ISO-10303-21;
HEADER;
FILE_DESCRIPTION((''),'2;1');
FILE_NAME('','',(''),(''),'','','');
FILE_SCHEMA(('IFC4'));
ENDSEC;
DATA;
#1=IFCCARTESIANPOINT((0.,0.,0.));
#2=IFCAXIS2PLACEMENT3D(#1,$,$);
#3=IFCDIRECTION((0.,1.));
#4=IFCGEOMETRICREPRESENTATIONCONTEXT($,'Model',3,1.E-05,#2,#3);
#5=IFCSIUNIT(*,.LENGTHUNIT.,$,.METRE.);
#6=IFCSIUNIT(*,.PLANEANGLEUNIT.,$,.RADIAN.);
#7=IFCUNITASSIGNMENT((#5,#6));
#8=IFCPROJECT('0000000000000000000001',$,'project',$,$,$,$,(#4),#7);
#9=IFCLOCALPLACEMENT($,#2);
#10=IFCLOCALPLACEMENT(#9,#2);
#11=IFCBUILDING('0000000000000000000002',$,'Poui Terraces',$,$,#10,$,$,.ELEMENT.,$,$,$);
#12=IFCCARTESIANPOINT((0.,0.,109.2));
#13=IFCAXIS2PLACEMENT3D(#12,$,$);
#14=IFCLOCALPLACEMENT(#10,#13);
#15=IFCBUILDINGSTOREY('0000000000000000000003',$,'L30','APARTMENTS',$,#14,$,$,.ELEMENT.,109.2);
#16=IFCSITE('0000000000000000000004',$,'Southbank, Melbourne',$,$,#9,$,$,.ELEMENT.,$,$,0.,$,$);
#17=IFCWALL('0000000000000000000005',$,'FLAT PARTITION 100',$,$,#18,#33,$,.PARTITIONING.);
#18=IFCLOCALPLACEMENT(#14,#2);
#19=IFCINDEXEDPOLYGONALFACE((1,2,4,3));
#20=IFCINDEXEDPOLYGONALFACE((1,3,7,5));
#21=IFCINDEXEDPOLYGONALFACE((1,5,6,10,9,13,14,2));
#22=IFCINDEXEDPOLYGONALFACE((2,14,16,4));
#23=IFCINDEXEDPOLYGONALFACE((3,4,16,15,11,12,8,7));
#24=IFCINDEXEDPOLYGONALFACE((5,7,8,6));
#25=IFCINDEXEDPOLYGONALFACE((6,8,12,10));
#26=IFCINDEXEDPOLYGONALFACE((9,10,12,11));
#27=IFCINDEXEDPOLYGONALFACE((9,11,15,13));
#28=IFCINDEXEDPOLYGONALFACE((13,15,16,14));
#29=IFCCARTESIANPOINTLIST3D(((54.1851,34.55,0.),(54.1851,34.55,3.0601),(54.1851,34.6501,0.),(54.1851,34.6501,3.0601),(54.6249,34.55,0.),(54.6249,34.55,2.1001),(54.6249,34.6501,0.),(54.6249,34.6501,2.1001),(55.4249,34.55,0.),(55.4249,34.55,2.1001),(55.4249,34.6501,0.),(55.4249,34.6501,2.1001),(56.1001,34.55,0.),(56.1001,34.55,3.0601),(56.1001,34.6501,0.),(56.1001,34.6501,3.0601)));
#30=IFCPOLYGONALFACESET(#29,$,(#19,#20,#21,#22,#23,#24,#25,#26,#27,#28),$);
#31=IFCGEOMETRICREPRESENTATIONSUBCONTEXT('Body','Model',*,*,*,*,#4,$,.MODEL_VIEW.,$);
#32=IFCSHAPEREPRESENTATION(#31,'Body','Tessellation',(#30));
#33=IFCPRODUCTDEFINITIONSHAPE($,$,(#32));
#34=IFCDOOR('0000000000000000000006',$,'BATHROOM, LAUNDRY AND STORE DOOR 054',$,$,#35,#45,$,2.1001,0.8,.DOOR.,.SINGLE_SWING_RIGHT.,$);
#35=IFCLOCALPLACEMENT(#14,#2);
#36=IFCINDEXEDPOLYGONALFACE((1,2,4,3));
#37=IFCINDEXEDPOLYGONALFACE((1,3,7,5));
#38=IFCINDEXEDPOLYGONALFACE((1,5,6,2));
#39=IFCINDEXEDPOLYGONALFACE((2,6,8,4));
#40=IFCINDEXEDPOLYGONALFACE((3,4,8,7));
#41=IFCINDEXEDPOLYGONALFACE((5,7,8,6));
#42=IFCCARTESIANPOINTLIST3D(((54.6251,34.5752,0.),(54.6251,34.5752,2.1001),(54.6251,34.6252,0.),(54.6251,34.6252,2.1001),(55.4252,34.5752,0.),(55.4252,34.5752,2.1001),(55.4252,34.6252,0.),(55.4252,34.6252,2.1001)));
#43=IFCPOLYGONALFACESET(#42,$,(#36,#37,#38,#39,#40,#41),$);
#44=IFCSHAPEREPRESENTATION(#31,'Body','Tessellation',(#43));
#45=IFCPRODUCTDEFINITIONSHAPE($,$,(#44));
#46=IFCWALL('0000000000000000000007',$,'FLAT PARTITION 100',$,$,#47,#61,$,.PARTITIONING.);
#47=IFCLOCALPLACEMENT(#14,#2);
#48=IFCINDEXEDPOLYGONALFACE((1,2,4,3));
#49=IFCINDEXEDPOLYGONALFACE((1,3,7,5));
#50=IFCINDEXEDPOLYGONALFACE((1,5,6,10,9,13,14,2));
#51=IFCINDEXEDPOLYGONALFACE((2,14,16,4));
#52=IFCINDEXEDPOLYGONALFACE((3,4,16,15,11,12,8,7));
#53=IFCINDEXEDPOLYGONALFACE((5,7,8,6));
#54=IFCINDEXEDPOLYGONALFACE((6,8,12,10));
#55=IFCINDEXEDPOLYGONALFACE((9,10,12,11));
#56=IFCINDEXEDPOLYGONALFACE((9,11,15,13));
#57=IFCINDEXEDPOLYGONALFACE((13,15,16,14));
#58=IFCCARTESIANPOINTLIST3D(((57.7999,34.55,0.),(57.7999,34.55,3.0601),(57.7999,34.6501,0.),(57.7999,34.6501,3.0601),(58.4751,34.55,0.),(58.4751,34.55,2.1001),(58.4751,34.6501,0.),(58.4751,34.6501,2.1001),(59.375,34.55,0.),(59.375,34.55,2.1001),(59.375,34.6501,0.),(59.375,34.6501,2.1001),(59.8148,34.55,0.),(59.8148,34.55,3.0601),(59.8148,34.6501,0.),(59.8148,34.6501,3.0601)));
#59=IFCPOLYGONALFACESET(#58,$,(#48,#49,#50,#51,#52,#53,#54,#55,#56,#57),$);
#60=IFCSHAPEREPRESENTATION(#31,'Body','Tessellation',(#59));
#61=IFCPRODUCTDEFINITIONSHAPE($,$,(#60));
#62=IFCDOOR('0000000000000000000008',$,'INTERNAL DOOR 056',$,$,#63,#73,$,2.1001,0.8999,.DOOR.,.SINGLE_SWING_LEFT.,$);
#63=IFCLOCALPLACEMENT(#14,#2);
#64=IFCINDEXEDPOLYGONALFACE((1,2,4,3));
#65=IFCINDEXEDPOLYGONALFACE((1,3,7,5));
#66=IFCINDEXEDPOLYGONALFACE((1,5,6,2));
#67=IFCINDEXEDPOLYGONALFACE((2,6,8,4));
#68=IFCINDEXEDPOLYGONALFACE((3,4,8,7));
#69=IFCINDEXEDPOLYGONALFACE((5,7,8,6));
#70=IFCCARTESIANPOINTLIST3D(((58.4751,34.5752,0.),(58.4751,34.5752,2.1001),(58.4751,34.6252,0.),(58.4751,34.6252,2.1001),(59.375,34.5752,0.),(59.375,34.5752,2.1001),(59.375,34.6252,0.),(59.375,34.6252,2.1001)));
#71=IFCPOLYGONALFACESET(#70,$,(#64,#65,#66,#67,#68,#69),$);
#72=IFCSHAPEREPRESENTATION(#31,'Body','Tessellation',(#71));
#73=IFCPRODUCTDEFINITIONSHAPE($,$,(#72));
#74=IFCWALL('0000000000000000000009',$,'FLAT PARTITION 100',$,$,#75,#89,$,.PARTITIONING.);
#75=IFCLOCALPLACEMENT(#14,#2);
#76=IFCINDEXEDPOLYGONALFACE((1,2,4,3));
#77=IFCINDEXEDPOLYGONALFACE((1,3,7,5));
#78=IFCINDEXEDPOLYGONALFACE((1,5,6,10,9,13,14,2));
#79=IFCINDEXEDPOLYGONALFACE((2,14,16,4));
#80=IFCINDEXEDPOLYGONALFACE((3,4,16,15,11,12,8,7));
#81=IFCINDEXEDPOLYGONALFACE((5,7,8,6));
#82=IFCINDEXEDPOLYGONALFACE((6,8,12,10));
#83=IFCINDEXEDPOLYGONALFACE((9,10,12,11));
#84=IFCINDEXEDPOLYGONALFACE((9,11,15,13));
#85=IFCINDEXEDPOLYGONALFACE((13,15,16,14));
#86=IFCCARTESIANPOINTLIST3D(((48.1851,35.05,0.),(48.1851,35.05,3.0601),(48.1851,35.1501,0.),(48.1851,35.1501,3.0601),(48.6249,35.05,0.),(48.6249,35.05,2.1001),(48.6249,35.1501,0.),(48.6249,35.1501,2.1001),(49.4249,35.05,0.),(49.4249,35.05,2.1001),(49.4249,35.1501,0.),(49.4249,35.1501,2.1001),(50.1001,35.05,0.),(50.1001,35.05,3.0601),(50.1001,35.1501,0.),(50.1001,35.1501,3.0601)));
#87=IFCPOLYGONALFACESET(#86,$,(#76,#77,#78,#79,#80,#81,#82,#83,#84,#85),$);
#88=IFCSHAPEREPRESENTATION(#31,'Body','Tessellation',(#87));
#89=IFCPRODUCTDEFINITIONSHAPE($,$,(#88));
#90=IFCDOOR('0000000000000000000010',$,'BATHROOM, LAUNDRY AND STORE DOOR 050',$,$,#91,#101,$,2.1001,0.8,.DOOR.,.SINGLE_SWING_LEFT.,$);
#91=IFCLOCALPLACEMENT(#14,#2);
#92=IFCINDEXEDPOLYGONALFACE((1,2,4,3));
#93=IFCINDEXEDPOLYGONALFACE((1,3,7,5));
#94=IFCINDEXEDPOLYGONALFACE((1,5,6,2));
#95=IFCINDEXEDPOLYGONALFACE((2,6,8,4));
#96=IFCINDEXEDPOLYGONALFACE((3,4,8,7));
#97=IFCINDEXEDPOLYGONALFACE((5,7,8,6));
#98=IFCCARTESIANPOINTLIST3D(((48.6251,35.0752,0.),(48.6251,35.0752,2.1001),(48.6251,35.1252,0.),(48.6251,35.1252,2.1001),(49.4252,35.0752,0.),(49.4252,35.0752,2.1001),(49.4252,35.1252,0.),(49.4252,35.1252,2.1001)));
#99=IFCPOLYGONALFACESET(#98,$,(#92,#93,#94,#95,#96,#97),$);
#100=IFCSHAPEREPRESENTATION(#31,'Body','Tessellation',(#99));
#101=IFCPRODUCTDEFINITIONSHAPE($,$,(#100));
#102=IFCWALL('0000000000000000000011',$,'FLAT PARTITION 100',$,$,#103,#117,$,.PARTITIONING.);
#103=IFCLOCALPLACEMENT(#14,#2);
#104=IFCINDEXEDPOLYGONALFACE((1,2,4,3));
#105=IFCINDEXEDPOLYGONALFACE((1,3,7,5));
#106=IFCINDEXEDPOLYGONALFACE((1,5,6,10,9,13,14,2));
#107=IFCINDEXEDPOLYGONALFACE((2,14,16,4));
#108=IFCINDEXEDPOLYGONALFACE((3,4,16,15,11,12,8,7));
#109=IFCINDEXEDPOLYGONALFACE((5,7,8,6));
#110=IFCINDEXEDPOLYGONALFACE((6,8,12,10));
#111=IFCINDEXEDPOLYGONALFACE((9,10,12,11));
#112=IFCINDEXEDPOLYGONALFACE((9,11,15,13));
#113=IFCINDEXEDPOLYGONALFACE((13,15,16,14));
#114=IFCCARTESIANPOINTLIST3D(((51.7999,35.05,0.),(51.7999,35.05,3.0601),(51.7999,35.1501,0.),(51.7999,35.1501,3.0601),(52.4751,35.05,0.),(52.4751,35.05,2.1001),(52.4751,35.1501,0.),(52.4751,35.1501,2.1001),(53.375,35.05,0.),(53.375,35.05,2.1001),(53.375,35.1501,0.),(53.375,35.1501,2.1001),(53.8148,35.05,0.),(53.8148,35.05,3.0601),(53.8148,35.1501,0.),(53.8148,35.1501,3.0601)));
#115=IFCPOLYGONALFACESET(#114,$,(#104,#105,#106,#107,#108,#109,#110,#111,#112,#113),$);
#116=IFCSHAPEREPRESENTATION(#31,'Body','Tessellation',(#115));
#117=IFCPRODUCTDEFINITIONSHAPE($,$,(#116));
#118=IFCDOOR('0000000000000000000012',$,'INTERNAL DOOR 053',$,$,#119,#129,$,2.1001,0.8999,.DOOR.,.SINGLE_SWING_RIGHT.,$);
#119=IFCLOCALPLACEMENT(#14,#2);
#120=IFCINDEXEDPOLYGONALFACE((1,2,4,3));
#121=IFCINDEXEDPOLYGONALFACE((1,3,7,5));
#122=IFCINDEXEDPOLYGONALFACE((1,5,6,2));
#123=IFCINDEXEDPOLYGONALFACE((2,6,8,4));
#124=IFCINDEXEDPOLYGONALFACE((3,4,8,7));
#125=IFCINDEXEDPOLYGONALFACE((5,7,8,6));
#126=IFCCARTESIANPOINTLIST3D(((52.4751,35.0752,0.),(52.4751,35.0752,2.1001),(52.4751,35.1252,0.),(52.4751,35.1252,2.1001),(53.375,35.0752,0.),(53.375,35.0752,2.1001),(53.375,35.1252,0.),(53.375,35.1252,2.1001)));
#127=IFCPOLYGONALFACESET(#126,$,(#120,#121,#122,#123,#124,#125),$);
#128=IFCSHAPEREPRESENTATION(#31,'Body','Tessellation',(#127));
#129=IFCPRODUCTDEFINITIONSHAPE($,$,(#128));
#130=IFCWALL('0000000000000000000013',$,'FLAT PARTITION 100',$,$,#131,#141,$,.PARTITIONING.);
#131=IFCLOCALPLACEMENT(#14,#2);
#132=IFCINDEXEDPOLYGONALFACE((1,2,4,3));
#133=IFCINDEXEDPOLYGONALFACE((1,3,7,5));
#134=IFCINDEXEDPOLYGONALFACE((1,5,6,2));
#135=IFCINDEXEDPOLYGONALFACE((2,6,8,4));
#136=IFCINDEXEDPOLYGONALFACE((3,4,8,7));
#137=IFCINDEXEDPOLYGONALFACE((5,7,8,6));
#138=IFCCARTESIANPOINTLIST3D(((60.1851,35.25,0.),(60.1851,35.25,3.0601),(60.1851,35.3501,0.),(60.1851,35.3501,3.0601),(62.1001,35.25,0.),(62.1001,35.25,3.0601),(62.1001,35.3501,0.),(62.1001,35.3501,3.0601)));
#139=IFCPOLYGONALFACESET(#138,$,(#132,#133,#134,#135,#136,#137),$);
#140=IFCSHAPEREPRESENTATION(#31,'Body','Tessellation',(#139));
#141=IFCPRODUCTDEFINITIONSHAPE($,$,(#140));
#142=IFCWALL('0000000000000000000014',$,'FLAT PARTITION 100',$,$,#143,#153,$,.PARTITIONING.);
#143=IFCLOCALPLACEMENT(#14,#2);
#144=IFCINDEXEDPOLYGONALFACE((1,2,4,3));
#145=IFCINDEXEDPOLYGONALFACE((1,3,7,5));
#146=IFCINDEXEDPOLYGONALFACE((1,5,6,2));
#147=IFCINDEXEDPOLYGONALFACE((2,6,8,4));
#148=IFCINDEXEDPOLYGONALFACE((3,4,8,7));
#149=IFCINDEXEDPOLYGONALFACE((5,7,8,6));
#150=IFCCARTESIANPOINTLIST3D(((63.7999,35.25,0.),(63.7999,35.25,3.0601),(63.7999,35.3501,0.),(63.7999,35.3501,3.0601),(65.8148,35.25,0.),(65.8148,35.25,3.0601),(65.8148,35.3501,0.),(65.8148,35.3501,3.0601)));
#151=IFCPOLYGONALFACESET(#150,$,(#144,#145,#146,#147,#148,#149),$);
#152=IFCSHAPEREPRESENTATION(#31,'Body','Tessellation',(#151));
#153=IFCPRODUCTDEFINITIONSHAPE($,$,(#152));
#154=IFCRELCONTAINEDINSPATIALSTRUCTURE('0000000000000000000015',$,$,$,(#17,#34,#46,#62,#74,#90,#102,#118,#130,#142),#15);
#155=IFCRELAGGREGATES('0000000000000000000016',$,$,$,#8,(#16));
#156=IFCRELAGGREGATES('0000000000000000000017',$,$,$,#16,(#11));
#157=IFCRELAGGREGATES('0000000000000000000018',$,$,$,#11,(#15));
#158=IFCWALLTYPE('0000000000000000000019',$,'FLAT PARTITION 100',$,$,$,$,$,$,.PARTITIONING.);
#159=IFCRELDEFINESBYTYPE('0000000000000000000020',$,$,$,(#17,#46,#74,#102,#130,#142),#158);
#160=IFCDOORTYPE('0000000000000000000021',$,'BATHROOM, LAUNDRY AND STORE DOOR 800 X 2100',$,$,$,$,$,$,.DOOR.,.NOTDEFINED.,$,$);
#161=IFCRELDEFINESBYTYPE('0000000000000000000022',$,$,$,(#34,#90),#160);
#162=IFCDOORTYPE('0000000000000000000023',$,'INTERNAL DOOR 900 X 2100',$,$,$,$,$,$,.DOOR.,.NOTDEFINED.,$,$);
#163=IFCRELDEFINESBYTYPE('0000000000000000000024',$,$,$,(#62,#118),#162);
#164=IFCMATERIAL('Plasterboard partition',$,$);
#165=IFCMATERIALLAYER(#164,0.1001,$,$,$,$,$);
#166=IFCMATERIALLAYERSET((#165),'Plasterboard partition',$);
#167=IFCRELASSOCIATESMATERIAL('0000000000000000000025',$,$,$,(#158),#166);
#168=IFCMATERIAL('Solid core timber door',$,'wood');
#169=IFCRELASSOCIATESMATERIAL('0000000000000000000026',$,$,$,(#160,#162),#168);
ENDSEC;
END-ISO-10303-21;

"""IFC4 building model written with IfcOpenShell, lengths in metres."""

from ifc_helpers import new_model, si_unit, direction, frame, frame_2d, origin, place, context, subcontext, project, spatial, rectangle, extrude, material, layer, layer_set, type_object, element, fill, save


model = new_model("IFC4")

# Units and contexts
model_context = context("Model", 3, precision=1e-05, world=origin(), true_north=direction((0.0, 1.0)))
body_context = subcontext(model_context, "Body", "Model", "MODEL_VIEW")
ifc_project = project(units=[si_unit("LENGTHUNIT", "METRE"), si_unit("PLANEANGLEUNIT", "RADIAN")], contexts=[model_context])

# Site, building, storey
site_placement = place(None, origin())
site = spatial("IfcSite", under=ifc_project, at=site_placement, Name="Southbank, Melbourne", CompositionType="ELEMENT", RefElevation=0.0)
building_placement = place(site_placement, origin())
building = spatial("IfcBuilding", under=site, at=building_placement, Name="Poui Terraces", CompositionType="ELEMENT")
storey_placement = place(building_placement, frame((0.0, 0.0, 109.2)))
storey = spatial("IfcBuildingStorey", under=building, at=storey_placement, Name="L30", Description="APARTMENTS", CompositionType="ELEMENT", Elevation=109.2)

# Walls, openings, doors
ifc_material_1 = material(Name="Plasterboard partition")
ifc_layer_1 = layer(ifc_material_1, 0.1001)
ifc_layer_set_1 = layer_set([ifc_layer_1], Name="Plasterboard partition")
wall_type_1 = type_object("IfcWallType", Name="FLAT PARTITION 100", PredefinedType="PARTITIONING", material=ifc_layer_set_1)
wall_1_placement = place(storey_placement, frame((54.1851, 34.6001, 0.0), z_axis=(0.0, 0.0, 1.0), x_axis=(1.0, 0.0, 0.0)))
wall_1 = element("IfcWall", 1, at=wall_1_placement, inside=storey, type_object=wall_type_1, Name="FLAT PARTITION 100", PredefinedType="PARTITIONING", context=body_context, shape_type="SweptSolid", body=[
    extrude(rectangle(XDim=1.915, YDim=0.1001, at=frame_2d((0.9575, 0.0))), origin(), (0.0, 0.0, 1.0), 3.0601),
])
opening_1_placement = place(wall_1_placement, frame((0.4399, 0.0, 0.0)))
opening_1 = element("IfcOpeningElement", 2, at=opening_1_placement, cuts=wall_1, PredefinedType="OPENING", context=body_context, shape_type="SweptSolid", body=[
    extrude(rectangle(XDim=0.8, YDim=2.1001, at=frame_2d((0.3999, 1.05))), frame((0.0, 0.0601, 0.0), z_axis=(0.0, -1.0, 0.0), x_axis=(1.0, 0.0, 0.0)), (0.0, 0.0, 1.0), 0.1201),
])
ifc_material_2 = material(Name="Solid core timber door", Category="wood")
door_type_1 = type_object("IfcDoorType", Name="BATHROOM, LAUNDRY AND STORE DOOR 800 X 2100", OperationType="NOTDEFINED", PredefinedType="DOOR", material=ifc_material_2)
door_1_placement = place(opening_1_placement, frame((0.8, 0.0, 0.0), z_axis=(0.0, 0.0, 1.0), x_axis=(-1.0, 0.0, 0.0)))
door_1 = element("IfcDoor", 3, at=door_1_placement, inside=storey, type_object=door_type_1, Name="BATHROOM, LAUNDRY AND STORE DOOR 054", OperationType="SINGLE_SWING_RIGHT", OverallHeight=2.1001, OverallWidth=0.8, PredefinedType="DOOR", context=body_context, shape_type="SweptSolid", body=[
    extrude(rectangle(XDim=0.8, YDim=2.1001, at=frame_2d((0.3999, 1.05))), frame((0.0, 0.0249, 0.0), z_axis=(0.0, -1.0, 0.0), x_axis=(1.0, 0.0, 0.0)), (0.0, 0.0, 1.0), 0.05),
])
fill(opening_1, door_1)
wall_2_placement = place(storey_placement, frame((57.8, 34.6001, 0.0), z_axis=(0.0, 0.0, 1.0), x_axis=(1.0, 0.0, 0.0)))
wall_2 = element("IfcWall", 4, at=wall_2_placement, inside=storey, type_object=wall_type_1, Name="FLAT PARTITION 100", PredefinedType="PARTITIONING", context=body_context, shape_type="SweptSolid", body=[
    extrude(rectangle(XDim=2.0149, YDim=0.1001, at=frame_2d((1.0073, 0.0))), origin(), (0.0, 0.0, 1.0), 3.0601),
])
opening_2_placement = place(wall_2_placement, frame((0.675, 0.0, 0.0)))
opening_2 = element("IfcOpeningElement", 5, at=opening_2_placement, cuts=wall_2, PredefinedType="OPENING", context=body_context, shape_type="SweptSolid", body=[
    extrude(rectangle(XDim=0.8999, YDim=2.1001, at=frame_2d((0.45, 1.05))), frame((0.0, 0.0601, 0.0), z_axis=(0.0, -1.0, 0.0), x_axis=(1.0, 0.0, 0.0)), (0.0, 0.0, 1.0), 0.1201),
])
door_type_2 = type_object("IfcDoorType", Name="INTERNAL DOOR 900 X 2100", OperationType="NOTDEFINED", PredefinedType="DOOR", material=ifc_material_2)
door_2_placement = place(opening_2_placement, frame((0.8999, 0.0, 0.0), z_axis=(0.0, 0.0, 1.0), x_axis=(-1.0, 0.0, 0.0)))
door_2 = element("IfcDoor", 6, at=door_2_placement, inside=storey, type_object=door_type_2, Name="INTERNAL DOOR 056", OperationType="SINGLE_SWING_LEFT", OverallHeight=2.1001, OverallWidth=0.8999, PredefinedType="DOOR", context=body_context, shape_type="SweptSolid", body=[
    extrude(rectangle(XDim=0.8999, YDim=2.1001, at=frame_2d((0.45, 1.05))), frame((0.0, 0.0249, 0.0), z_axis=(0.0, -1.0, 0.0), x_axis=(1.0, 0.0, 0.0)), (0.0, 0.0, 1.0), 0.05),
])
fill(opening_2, door_2)
wall_3_placement = place(storey_placement, frame((48.1851, 35.1001, 0.0), z_axis=(0.0, 0.0, 1.0), x_axis=(1.0, 0.0, 0.0)))
wall_3 = element("IfcWall", 7, at=wall_3_placement, inside=storey, type_object=wall_type_1, Name="FLAT PARTITION 100", PredefinedType="PARTITIONING", context=body_context, shape_type="SweptSolid", body=[
    extrude(rectangle(XDim=1.915, YDim=0.1001, at=frame_2d((0.9575, 0.0))), origin(), (0.0, 0.0, 1.0), 3.0601),
])
opening_3_placement = place(wall_3_placement, frame((0.4399, 0.0, 0.0)))
opening_3 = element("IfcOpeningElement", 8, at=opening_3_placement, cuts=wall_3, PredefinedType="OPENING", context=body_context, shape_type="SweptSolid", body=[
    extrude(rectangle(XDim=0.8, YDim=2.1001, at=frame_2d((0.3999, 1.05))), frame((0.0, 0.0601, 0.0), z_axis=(0.0, -1.0, 0.0), x_axis=(1.0, 0.0, 0.0)), (0.0, 0.0, 1.0), 0.1201),
])
door_3_placement = place(opening_3_placement, frame((0.8, 0.0, 0.0), z_axis=(0.0, 0.0, 1.0), x_axis=(-1.0, 0.0, 0.0)))
door_3 = element("IfcDoor", 9, at=door_3_placement, inside=storey, type_object=door_type_1, Name="BATHROOM, LAUNDRY AND STORE DOOR 050", OperationType="SINGLE_SWING_LEFT", OverallHeight=2.1001, OverallWidth=0.8, PredefinedType="DOOR", context=body_context, shape_type="SweptSolid", body=[
    extrude(rectangle(XDim=0.8, YDim=2.1001, at=frame_2d((0.3999, 1.05))), frame((0.0, 0.0249, 0.0), z_axis=(0.0, -1.0, 0.0), x_axis=(1.0, 0.0, 0.0)), (0.0, 0.0, 1.0), 0.05),
])
fill(opening_3, door_3)
wall_4_placement = place(storey_placement, frame((51.8, 35.1001, 0.0), z_axis=(0.0, 0.0, 1.0), x_axis=(1.0, 0.0, 0.0)))
wall_4 = element("IfcWall", 10, at=wall_4_placement, inside=storey, type_object=wall_type_1, Name="FLAT PARTITION 100", PredefinedType="PARTITIONING", context=body_context, shape_type="SweptSolid", body=[
    extrude(rectangle(XDim=2.0149, YDim=0.1001, at=frame_2d((1.0073, 0.0))), origin(), (0.0, 0.0, 1.0), 3.0601),
])
opening_4_placement = place(wall_4_placement, frame((0.675, 0.0, 0.0)))
opening_4 = element("IfcOpeningElement", 11, at=opening_4_placement, cuts=wall_4, PredefinedType="OPENING", context=body_context, shape_type="SweptSolid", body=[
    extrude(rectangle(XDim=0.8999, YDim=2.1001, at=frame_2d((0.45, 1.05))), frame((0.0, 0.0601, 0.0), z_axis=(0.0, -1.0, 0.0), x_axis=(1.0, 0.0, 0.0)), (0.0, 0.0, 1.0), 0.1201),
])
door_4_placement = place(opening_4_placement, frame((0.8999, 0.0, 0.0), z_axis=(0.0, 0.0, 1.0), x_axis=(-1.0, 0.0, 0.0)))
door_4 = element("IfcDoor", 12, at=door_4_placement, inside=storey, type_object=door_type_2, Name="INTERNAL DOOR 053", OperationType="SINGLE_SWING_RIGHT", OverallHeight=2.1001, OverallWidth=0.8999, PredefinedType="DOOR", context=body_context, shape_type="SweptSolid", body=[
    extrude(rectangle(XDim=0.8999, YDim=2.1001, at=frame_2d((0.45, 1.05))), frame((0.0, 0.0249, 0.0), z_axis=(0.0, -1.0, 0.0), x_axis=(1.0, 0.0, 0.0)), (0.0, 0.0, 1.0), 0.05),
])
fill(opening_4, door_4)

# Walls
wall_5_placement = place(storey_placement, frame((60.1851, 35.3, 0.0), z_axis=(0.0, 0.0, 1.0), x_axis=(1.0, 0.0, 0.0)))
element("IfcWall", 13, at=wall_5_placement, inside=storey, type_object=wall_type_1, Name="FLAT PARTITION 100", PredefinedType="PARTITIONING", context=body_context, shape_type="SweptSolid", body=[
    extrude(rectangle(XDim=1.915, YDim=0.1001, at=frame_2d((0.9575, 0.0))), origin(), (0.0, 0.0, 1.0), 3.0601),
])
wall_6_placement = place(storey_placement, frame((63.8, 35.3, 0.0), z_axis=(0.0, 0.0, 1.0), x_axis=(1.0, 0.0, 0.0)))
element("IfcWall", 14, at=wall_6_placement, inside=storey, type_object=wall_type_1, Name="FLAT PARTITION 100", PredefinedType="PARTITIONING", context=body_context, shape_type="SweptSolid", body=[
    extrude(rectangle(XDim=2.0149, YDim=0.1001, at=frame_2d((1.0073, 0.0))), origin(), (0.0, 0.0, 1.0), 3.0601),
])

save(model, "model.ifc")
